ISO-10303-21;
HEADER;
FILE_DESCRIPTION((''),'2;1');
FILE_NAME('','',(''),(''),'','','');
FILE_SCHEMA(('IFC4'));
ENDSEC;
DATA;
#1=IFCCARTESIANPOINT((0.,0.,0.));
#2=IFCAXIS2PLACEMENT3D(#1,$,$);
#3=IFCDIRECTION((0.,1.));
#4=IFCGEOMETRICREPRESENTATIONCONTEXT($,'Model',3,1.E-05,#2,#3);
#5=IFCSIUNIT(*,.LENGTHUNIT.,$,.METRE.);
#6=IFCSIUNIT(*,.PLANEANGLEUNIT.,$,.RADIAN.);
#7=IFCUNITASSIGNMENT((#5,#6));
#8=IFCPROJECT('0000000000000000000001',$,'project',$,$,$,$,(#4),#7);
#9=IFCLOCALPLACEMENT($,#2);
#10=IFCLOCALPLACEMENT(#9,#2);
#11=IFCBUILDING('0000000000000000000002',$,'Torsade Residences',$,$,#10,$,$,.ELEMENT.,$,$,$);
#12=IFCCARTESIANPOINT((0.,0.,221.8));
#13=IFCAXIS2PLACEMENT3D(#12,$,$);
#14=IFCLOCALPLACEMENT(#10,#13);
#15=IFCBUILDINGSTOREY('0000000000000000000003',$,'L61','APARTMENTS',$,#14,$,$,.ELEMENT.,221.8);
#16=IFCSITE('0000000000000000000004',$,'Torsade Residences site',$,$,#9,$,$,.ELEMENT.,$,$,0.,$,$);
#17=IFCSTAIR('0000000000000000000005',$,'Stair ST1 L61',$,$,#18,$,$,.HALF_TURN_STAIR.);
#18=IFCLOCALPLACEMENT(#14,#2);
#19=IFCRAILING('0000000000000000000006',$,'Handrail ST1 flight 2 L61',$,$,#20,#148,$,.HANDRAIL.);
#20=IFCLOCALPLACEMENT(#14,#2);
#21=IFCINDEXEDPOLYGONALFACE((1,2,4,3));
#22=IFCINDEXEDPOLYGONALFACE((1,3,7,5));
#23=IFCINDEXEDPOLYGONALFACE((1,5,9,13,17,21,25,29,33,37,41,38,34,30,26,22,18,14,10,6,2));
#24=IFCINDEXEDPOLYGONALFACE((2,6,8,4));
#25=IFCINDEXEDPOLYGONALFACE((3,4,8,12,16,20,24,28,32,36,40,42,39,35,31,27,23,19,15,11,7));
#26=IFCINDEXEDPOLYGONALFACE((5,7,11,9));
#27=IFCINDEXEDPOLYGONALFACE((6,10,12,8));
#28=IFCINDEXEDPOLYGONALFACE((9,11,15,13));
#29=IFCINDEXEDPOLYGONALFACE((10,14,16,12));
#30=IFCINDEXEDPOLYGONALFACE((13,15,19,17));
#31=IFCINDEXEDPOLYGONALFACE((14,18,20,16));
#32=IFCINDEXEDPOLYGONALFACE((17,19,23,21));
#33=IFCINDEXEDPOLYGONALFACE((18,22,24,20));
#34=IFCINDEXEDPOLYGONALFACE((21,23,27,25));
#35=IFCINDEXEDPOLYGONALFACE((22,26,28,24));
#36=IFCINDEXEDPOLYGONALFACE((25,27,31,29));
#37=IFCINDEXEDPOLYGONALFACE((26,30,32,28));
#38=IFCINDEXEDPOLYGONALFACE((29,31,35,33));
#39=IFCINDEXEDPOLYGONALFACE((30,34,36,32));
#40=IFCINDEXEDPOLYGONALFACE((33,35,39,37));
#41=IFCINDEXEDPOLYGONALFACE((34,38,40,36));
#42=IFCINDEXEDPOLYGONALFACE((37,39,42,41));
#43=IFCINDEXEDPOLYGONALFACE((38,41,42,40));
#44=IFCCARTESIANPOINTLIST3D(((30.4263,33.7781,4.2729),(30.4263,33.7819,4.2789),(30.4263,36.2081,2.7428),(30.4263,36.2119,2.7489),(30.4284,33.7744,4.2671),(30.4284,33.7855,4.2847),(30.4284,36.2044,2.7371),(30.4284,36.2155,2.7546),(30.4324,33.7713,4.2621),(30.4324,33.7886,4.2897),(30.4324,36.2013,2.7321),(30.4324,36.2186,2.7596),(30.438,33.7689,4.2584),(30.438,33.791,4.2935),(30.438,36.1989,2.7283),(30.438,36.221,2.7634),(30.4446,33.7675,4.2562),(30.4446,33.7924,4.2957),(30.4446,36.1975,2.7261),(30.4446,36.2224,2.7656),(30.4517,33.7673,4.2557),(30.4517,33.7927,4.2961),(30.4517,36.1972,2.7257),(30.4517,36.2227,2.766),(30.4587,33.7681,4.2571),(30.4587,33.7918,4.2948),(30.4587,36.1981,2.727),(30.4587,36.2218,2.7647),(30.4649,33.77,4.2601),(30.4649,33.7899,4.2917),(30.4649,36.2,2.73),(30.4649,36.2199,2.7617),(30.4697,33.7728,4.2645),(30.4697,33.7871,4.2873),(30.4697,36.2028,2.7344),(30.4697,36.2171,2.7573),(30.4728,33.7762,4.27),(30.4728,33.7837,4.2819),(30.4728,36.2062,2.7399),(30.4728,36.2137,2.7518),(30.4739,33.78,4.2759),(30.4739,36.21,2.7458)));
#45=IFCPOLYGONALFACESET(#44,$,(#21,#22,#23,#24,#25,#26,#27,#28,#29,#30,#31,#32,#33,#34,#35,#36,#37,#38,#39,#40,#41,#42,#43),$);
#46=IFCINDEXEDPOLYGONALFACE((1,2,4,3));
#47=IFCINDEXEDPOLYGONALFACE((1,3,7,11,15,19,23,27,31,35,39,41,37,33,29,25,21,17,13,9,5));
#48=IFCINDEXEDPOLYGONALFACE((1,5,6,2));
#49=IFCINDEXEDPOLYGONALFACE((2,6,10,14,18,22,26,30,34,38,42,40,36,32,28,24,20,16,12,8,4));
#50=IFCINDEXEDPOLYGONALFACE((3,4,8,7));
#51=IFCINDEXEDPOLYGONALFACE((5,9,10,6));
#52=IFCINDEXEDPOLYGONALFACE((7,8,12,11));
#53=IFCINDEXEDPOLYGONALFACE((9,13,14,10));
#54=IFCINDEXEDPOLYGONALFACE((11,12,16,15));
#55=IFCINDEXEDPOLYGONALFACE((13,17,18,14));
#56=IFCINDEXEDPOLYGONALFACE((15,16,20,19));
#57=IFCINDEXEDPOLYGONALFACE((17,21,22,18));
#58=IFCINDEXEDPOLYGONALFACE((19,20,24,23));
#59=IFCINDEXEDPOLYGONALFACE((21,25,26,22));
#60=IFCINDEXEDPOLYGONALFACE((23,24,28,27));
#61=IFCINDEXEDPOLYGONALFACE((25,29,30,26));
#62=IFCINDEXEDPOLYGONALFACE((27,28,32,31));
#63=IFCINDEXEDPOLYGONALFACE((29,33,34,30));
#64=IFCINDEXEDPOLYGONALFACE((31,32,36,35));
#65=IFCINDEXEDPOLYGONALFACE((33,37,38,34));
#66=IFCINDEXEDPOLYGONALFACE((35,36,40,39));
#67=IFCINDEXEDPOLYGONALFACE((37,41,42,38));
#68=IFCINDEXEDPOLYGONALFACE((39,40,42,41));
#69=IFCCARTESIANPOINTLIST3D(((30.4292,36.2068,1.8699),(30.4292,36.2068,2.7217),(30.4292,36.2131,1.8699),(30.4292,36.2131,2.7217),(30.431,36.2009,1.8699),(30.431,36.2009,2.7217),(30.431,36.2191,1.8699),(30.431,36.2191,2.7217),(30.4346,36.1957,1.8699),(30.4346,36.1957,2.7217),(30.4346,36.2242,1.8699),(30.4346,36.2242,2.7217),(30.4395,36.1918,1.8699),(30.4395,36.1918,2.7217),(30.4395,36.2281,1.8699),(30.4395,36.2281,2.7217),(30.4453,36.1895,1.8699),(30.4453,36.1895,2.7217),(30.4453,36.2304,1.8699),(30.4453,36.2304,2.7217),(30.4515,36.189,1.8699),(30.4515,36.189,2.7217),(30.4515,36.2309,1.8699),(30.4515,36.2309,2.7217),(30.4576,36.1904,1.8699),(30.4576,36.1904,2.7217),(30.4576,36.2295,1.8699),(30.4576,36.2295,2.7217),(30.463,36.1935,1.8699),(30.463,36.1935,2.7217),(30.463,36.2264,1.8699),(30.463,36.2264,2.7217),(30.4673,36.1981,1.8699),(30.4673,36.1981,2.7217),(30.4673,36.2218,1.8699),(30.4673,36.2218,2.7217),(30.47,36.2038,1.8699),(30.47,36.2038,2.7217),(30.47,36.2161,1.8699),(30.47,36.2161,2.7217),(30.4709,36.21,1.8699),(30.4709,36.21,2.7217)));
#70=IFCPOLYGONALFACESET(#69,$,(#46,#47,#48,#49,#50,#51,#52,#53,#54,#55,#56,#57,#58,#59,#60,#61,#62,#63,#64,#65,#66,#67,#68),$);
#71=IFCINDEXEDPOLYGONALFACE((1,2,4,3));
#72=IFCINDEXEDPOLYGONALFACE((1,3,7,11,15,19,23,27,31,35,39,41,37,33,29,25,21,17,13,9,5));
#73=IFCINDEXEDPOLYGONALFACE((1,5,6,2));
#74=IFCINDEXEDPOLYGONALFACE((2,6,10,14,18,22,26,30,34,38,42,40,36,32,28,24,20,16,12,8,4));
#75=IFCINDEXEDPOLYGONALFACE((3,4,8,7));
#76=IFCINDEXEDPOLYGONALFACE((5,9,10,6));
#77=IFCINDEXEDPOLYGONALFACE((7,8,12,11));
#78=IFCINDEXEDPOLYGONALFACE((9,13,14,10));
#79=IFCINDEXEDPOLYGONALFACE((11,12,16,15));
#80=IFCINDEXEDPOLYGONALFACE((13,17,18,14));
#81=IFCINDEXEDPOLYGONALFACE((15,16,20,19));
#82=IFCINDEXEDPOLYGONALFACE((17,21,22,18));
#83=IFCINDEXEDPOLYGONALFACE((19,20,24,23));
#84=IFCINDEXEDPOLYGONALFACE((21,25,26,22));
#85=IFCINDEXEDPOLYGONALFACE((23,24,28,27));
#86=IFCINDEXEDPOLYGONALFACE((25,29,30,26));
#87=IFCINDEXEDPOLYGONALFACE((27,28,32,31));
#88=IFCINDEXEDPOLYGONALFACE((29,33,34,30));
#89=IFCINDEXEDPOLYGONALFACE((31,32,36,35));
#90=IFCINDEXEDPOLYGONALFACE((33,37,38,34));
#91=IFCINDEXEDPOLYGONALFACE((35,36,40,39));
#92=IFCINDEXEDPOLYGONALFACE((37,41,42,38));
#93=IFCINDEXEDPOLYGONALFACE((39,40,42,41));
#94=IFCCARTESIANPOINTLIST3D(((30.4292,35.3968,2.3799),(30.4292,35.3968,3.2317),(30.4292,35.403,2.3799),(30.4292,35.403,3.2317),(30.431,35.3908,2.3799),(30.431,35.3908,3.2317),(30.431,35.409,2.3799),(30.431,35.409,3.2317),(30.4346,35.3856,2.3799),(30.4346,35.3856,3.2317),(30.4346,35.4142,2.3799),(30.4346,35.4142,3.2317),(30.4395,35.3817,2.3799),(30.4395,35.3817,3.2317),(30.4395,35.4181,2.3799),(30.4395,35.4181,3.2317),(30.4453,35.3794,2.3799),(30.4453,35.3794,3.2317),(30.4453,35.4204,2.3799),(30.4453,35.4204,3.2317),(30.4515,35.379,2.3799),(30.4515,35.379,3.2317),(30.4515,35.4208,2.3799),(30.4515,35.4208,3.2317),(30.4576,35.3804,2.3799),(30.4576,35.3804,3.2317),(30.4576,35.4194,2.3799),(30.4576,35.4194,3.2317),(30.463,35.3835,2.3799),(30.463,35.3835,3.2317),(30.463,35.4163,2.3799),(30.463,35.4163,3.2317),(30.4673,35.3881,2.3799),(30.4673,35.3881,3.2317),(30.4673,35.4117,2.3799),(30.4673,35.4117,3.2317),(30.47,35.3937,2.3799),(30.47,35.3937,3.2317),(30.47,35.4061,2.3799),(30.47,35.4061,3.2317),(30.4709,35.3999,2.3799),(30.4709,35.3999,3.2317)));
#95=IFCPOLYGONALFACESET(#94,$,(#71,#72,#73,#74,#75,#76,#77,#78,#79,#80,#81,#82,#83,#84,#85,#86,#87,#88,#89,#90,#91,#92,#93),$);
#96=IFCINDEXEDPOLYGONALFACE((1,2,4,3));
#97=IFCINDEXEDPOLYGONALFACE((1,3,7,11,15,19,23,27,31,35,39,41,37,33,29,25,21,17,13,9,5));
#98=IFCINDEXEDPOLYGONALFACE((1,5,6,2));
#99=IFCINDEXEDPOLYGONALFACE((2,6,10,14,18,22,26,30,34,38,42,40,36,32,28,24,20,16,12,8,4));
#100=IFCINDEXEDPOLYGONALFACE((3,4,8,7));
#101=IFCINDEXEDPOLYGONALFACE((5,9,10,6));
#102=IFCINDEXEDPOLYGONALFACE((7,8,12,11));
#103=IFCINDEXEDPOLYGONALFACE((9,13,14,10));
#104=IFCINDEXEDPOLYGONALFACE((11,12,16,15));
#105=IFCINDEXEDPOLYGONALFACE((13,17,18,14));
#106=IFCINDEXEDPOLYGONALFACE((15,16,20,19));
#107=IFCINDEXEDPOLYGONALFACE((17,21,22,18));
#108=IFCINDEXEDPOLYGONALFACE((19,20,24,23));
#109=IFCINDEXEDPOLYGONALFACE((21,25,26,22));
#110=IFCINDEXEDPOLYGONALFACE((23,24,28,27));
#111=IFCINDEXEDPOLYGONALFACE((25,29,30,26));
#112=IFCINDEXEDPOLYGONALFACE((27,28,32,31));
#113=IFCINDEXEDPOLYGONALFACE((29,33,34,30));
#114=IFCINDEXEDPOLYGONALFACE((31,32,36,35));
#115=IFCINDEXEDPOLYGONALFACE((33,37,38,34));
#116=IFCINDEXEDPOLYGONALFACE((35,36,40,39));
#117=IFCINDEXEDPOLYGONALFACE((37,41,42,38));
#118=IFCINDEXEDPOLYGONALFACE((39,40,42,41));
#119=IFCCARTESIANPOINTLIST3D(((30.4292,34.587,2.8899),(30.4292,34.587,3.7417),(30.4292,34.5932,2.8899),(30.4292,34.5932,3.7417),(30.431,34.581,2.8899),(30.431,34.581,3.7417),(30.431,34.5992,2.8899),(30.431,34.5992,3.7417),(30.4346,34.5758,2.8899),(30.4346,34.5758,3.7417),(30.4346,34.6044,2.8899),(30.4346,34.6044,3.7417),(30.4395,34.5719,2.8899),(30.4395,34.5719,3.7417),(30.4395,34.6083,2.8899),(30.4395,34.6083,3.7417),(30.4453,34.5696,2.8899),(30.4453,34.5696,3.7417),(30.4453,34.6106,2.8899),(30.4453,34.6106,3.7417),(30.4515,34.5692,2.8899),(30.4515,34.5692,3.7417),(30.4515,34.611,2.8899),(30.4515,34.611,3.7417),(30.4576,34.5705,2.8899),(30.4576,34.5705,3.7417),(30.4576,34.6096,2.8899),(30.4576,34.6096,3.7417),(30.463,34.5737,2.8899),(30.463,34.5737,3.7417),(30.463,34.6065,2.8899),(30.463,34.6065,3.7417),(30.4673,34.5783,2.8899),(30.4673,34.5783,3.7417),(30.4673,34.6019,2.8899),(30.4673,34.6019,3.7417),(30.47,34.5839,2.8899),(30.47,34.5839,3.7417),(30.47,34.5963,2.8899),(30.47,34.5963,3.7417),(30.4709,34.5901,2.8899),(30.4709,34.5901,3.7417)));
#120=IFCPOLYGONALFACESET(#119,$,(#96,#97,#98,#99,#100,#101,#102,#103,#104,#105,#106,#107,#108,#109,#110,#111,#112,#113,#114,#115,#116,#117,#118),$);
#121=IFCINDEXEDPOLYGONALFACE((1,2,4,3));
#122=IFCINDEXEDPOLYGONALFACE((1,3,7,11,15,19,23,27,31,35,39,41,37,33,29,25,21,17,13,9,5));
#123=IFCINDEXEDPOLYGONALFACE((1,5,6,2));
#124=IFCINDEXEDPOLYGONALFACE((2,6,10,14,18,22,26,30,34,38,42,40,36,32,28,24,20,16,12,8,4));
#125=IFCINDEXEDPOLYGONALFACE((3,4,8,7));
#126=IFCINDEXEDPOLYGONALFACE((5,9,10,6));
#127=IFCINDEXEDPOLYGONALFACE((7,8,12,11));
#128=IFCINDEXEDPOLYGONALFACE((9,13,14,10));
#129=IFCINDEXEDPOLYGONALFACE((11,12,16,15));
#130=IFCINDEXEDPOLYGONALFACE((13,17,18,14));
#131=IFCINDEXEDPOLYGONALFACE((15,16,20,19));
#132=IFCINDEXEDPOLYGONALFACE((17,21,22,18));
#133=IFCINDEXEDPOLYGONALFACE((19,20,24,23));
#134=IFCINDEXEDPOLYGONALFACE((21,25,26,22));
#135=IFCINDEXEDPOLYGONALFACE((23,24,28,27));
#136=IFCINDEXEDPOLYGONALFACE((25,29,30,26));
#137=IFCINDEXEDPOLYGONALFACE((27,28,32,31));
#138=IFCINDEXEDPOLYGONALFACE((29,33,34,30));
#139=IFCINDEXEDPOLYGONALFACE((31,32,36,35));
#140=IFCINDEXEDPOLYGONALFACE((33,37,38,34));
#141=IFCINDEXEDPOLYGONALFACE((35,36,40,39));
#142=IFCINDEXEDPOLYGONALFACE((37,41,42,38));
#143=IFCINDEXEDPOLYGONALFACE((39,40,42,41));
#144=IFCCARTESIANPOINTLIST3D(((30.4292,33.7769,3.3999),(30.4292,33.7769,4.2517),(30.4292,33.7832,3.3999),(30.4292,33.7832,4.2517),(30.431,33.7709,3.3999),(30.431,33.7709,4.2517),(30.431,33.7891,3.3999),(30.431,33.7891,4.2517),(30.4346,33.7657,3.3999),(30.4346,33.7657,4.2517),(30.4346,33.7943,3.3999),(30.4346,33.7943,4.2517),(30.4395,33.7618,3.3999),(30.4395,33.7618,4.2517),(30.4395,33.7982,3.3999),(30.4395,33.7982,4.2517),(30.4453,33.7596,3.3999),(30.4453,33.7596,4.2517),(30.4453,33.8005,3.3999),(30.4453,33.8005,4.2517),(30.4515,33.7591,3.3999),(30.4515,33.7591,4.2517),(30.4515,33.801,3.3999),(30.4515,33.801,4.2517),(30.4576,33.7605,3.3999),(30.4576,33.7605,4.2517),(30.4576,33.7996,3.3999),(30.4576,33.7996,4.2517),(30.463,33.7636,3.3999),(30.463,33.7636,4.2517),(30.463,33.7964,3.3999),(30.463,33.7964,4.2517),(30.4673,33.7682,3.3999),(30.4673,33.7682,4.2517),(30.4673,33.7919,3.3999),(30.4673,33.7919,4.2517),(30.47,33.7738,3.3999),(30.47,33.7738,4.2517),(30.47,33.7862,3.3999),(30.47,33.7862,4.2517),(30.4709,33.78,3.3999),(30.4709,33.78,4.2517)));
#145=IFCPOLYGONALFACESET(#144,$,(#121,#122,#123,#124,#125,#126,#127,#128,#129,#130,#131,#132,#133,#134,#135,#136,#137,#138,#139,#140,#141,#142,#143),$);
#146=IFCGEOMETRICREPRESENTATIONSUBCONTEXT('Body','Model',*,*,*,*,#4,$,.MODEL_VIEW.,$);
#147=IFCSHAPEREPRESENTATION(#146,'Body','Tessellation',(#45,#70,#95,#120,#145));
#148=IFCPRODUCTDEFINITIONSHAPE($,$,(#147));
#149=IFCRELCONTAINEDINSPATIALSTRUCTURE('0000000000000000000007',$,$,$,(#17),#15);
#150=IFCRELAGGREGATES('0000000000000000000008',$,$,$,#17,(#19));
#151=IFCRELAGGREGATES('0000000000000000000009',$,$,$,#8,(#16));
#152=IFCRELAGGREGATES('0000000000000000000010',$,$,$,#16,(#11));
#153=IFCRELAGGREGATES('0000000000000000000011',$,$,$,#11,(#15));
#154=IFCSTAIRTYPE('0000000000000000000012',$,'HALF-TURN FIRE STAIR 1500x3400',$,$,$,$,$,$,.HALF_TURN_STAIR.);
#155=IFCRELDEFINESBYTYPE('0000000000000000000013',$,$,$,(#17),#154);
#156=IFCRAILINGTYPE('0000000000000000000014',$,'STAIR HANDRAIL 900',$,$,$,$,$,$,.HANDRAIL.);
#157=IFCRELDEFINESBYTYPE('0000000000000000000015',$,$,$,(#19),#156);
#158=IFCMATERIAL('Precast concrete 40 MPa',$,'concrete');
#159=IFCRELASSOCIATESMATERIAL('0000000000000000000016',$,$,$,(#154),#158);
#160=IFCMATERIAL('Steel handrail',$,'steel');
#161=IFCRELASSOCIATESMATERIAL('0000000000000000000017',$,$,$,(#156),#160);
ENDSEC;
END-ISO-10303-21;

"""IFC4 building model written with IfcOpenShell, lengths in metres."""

from ifc_helpers import new_model, si_unit, direction, frame, origin, origin_2d, place, context, subcontext, project, spatial, circle, extrude, material, type_object, element, aggregate, save


model = new_model("IFC4")

# Units and contexts
model_context = context("Model", 3, precision=1e-05, world=origin(), true_north=direction((0.0, 1.0)))
body_context = subcontext(model_context, "Body", "Model", "MODEL_VIEW")
ifc_project = project(units=[si_unit("LENGTHUNIT", "METRE"), si_unit("PLANEANGLEUNIT", "RADIAN")], contexts=[model_context])

# Site, building, storey
site_placement = place(None, origin())
site = spatial("IfcSite", under=ifc_project, at=site_placement, Name="Torsade Residences site", CompositionType="ELEMENT", RefElevation=0.0)
building_placement = place(site_placement, origin())
building = spatial("IfcBuilding", under=site, at=building_placement, Name="Torsade Residences", CompositionType="ELEMENT")
storey_placement = place(building_placement, frame((0.0, 0.0, 221.8)))
storey = spatial("IfcBuildingStorey", under=building, at=storey_placement, Name="L61", Description="APARTMENTS", CompositionType="ELEMENT", Elevation=221.8)

# Stair, railing
ifc_material_1 = material(Name="Precast concrete 40 MPa", Category="concrete")
stair_type = type_object("IfcStairType", Name="HALF-TURN FIRE STAIR 1500x3400", PredefinedType="HALF_TURN_STAIR", material=ifc_material_1)
stair_placement = place(storey_placement, origin())
stair = element("IfcStair", 1, at=stair_placement, inside=storey, type_object=stair_type, Name="Stair ST1 L61", PredefinedType="HALF_TURN_STAIR")
ifc_material_2 = material(Name="Steel handrail", Category="steel")
railing_type = type_object("IfcRailingType", Name="STAIR HANDRAIL 900", PredefinedType="HANDRAIL", material=ifc_material_2)
railing_1_placement = place(storey_placement, frame((30.45, 36.21, 1.8699)))
railing_1 = element("IfcRailing", 2, at=railing_1_placement, type_object=railing_type, Name="Handrail ST1 flight 2 L61", PredefinedType="HANDRAIL", context=body_context, shape_type="SweptSolid", body=[
    extrude(circle(Radius=0.0239, at=origin_2d()), frame((0.0, 0.0, 0.876), z_axis=(0.0, -0.846221, 0.532831), x_axis=(1.0, 0.0, 0.0)), (0.0, 0.0, 1.0), 2.8716),
    extrude(circle(Radius=0.021, at=origin_2d()), origin(), (0.0, 0.0, 1.0), 0.8518),
    extrude(circle(Radius=0.021, at=origin_2d()), frame((0.0, -0.8101, 0.51)), (0.0, 0.0, 1.0), 0.8518),
    extrude(circle(Radius=0.021, at=origin_2d()), frame((0.0, -1.6199, 1.02)), (0.0, 0.0, 1.0), 0.8518),
    extrude(circle(Radius=0.021, at=origin_2d()), frame((0.0, -2.4299, 1.53)), (0.0, 0.0, 1.0), 0.8518),
])
aggregate(stair, [railing_1])

save(model, "model.ifc")
